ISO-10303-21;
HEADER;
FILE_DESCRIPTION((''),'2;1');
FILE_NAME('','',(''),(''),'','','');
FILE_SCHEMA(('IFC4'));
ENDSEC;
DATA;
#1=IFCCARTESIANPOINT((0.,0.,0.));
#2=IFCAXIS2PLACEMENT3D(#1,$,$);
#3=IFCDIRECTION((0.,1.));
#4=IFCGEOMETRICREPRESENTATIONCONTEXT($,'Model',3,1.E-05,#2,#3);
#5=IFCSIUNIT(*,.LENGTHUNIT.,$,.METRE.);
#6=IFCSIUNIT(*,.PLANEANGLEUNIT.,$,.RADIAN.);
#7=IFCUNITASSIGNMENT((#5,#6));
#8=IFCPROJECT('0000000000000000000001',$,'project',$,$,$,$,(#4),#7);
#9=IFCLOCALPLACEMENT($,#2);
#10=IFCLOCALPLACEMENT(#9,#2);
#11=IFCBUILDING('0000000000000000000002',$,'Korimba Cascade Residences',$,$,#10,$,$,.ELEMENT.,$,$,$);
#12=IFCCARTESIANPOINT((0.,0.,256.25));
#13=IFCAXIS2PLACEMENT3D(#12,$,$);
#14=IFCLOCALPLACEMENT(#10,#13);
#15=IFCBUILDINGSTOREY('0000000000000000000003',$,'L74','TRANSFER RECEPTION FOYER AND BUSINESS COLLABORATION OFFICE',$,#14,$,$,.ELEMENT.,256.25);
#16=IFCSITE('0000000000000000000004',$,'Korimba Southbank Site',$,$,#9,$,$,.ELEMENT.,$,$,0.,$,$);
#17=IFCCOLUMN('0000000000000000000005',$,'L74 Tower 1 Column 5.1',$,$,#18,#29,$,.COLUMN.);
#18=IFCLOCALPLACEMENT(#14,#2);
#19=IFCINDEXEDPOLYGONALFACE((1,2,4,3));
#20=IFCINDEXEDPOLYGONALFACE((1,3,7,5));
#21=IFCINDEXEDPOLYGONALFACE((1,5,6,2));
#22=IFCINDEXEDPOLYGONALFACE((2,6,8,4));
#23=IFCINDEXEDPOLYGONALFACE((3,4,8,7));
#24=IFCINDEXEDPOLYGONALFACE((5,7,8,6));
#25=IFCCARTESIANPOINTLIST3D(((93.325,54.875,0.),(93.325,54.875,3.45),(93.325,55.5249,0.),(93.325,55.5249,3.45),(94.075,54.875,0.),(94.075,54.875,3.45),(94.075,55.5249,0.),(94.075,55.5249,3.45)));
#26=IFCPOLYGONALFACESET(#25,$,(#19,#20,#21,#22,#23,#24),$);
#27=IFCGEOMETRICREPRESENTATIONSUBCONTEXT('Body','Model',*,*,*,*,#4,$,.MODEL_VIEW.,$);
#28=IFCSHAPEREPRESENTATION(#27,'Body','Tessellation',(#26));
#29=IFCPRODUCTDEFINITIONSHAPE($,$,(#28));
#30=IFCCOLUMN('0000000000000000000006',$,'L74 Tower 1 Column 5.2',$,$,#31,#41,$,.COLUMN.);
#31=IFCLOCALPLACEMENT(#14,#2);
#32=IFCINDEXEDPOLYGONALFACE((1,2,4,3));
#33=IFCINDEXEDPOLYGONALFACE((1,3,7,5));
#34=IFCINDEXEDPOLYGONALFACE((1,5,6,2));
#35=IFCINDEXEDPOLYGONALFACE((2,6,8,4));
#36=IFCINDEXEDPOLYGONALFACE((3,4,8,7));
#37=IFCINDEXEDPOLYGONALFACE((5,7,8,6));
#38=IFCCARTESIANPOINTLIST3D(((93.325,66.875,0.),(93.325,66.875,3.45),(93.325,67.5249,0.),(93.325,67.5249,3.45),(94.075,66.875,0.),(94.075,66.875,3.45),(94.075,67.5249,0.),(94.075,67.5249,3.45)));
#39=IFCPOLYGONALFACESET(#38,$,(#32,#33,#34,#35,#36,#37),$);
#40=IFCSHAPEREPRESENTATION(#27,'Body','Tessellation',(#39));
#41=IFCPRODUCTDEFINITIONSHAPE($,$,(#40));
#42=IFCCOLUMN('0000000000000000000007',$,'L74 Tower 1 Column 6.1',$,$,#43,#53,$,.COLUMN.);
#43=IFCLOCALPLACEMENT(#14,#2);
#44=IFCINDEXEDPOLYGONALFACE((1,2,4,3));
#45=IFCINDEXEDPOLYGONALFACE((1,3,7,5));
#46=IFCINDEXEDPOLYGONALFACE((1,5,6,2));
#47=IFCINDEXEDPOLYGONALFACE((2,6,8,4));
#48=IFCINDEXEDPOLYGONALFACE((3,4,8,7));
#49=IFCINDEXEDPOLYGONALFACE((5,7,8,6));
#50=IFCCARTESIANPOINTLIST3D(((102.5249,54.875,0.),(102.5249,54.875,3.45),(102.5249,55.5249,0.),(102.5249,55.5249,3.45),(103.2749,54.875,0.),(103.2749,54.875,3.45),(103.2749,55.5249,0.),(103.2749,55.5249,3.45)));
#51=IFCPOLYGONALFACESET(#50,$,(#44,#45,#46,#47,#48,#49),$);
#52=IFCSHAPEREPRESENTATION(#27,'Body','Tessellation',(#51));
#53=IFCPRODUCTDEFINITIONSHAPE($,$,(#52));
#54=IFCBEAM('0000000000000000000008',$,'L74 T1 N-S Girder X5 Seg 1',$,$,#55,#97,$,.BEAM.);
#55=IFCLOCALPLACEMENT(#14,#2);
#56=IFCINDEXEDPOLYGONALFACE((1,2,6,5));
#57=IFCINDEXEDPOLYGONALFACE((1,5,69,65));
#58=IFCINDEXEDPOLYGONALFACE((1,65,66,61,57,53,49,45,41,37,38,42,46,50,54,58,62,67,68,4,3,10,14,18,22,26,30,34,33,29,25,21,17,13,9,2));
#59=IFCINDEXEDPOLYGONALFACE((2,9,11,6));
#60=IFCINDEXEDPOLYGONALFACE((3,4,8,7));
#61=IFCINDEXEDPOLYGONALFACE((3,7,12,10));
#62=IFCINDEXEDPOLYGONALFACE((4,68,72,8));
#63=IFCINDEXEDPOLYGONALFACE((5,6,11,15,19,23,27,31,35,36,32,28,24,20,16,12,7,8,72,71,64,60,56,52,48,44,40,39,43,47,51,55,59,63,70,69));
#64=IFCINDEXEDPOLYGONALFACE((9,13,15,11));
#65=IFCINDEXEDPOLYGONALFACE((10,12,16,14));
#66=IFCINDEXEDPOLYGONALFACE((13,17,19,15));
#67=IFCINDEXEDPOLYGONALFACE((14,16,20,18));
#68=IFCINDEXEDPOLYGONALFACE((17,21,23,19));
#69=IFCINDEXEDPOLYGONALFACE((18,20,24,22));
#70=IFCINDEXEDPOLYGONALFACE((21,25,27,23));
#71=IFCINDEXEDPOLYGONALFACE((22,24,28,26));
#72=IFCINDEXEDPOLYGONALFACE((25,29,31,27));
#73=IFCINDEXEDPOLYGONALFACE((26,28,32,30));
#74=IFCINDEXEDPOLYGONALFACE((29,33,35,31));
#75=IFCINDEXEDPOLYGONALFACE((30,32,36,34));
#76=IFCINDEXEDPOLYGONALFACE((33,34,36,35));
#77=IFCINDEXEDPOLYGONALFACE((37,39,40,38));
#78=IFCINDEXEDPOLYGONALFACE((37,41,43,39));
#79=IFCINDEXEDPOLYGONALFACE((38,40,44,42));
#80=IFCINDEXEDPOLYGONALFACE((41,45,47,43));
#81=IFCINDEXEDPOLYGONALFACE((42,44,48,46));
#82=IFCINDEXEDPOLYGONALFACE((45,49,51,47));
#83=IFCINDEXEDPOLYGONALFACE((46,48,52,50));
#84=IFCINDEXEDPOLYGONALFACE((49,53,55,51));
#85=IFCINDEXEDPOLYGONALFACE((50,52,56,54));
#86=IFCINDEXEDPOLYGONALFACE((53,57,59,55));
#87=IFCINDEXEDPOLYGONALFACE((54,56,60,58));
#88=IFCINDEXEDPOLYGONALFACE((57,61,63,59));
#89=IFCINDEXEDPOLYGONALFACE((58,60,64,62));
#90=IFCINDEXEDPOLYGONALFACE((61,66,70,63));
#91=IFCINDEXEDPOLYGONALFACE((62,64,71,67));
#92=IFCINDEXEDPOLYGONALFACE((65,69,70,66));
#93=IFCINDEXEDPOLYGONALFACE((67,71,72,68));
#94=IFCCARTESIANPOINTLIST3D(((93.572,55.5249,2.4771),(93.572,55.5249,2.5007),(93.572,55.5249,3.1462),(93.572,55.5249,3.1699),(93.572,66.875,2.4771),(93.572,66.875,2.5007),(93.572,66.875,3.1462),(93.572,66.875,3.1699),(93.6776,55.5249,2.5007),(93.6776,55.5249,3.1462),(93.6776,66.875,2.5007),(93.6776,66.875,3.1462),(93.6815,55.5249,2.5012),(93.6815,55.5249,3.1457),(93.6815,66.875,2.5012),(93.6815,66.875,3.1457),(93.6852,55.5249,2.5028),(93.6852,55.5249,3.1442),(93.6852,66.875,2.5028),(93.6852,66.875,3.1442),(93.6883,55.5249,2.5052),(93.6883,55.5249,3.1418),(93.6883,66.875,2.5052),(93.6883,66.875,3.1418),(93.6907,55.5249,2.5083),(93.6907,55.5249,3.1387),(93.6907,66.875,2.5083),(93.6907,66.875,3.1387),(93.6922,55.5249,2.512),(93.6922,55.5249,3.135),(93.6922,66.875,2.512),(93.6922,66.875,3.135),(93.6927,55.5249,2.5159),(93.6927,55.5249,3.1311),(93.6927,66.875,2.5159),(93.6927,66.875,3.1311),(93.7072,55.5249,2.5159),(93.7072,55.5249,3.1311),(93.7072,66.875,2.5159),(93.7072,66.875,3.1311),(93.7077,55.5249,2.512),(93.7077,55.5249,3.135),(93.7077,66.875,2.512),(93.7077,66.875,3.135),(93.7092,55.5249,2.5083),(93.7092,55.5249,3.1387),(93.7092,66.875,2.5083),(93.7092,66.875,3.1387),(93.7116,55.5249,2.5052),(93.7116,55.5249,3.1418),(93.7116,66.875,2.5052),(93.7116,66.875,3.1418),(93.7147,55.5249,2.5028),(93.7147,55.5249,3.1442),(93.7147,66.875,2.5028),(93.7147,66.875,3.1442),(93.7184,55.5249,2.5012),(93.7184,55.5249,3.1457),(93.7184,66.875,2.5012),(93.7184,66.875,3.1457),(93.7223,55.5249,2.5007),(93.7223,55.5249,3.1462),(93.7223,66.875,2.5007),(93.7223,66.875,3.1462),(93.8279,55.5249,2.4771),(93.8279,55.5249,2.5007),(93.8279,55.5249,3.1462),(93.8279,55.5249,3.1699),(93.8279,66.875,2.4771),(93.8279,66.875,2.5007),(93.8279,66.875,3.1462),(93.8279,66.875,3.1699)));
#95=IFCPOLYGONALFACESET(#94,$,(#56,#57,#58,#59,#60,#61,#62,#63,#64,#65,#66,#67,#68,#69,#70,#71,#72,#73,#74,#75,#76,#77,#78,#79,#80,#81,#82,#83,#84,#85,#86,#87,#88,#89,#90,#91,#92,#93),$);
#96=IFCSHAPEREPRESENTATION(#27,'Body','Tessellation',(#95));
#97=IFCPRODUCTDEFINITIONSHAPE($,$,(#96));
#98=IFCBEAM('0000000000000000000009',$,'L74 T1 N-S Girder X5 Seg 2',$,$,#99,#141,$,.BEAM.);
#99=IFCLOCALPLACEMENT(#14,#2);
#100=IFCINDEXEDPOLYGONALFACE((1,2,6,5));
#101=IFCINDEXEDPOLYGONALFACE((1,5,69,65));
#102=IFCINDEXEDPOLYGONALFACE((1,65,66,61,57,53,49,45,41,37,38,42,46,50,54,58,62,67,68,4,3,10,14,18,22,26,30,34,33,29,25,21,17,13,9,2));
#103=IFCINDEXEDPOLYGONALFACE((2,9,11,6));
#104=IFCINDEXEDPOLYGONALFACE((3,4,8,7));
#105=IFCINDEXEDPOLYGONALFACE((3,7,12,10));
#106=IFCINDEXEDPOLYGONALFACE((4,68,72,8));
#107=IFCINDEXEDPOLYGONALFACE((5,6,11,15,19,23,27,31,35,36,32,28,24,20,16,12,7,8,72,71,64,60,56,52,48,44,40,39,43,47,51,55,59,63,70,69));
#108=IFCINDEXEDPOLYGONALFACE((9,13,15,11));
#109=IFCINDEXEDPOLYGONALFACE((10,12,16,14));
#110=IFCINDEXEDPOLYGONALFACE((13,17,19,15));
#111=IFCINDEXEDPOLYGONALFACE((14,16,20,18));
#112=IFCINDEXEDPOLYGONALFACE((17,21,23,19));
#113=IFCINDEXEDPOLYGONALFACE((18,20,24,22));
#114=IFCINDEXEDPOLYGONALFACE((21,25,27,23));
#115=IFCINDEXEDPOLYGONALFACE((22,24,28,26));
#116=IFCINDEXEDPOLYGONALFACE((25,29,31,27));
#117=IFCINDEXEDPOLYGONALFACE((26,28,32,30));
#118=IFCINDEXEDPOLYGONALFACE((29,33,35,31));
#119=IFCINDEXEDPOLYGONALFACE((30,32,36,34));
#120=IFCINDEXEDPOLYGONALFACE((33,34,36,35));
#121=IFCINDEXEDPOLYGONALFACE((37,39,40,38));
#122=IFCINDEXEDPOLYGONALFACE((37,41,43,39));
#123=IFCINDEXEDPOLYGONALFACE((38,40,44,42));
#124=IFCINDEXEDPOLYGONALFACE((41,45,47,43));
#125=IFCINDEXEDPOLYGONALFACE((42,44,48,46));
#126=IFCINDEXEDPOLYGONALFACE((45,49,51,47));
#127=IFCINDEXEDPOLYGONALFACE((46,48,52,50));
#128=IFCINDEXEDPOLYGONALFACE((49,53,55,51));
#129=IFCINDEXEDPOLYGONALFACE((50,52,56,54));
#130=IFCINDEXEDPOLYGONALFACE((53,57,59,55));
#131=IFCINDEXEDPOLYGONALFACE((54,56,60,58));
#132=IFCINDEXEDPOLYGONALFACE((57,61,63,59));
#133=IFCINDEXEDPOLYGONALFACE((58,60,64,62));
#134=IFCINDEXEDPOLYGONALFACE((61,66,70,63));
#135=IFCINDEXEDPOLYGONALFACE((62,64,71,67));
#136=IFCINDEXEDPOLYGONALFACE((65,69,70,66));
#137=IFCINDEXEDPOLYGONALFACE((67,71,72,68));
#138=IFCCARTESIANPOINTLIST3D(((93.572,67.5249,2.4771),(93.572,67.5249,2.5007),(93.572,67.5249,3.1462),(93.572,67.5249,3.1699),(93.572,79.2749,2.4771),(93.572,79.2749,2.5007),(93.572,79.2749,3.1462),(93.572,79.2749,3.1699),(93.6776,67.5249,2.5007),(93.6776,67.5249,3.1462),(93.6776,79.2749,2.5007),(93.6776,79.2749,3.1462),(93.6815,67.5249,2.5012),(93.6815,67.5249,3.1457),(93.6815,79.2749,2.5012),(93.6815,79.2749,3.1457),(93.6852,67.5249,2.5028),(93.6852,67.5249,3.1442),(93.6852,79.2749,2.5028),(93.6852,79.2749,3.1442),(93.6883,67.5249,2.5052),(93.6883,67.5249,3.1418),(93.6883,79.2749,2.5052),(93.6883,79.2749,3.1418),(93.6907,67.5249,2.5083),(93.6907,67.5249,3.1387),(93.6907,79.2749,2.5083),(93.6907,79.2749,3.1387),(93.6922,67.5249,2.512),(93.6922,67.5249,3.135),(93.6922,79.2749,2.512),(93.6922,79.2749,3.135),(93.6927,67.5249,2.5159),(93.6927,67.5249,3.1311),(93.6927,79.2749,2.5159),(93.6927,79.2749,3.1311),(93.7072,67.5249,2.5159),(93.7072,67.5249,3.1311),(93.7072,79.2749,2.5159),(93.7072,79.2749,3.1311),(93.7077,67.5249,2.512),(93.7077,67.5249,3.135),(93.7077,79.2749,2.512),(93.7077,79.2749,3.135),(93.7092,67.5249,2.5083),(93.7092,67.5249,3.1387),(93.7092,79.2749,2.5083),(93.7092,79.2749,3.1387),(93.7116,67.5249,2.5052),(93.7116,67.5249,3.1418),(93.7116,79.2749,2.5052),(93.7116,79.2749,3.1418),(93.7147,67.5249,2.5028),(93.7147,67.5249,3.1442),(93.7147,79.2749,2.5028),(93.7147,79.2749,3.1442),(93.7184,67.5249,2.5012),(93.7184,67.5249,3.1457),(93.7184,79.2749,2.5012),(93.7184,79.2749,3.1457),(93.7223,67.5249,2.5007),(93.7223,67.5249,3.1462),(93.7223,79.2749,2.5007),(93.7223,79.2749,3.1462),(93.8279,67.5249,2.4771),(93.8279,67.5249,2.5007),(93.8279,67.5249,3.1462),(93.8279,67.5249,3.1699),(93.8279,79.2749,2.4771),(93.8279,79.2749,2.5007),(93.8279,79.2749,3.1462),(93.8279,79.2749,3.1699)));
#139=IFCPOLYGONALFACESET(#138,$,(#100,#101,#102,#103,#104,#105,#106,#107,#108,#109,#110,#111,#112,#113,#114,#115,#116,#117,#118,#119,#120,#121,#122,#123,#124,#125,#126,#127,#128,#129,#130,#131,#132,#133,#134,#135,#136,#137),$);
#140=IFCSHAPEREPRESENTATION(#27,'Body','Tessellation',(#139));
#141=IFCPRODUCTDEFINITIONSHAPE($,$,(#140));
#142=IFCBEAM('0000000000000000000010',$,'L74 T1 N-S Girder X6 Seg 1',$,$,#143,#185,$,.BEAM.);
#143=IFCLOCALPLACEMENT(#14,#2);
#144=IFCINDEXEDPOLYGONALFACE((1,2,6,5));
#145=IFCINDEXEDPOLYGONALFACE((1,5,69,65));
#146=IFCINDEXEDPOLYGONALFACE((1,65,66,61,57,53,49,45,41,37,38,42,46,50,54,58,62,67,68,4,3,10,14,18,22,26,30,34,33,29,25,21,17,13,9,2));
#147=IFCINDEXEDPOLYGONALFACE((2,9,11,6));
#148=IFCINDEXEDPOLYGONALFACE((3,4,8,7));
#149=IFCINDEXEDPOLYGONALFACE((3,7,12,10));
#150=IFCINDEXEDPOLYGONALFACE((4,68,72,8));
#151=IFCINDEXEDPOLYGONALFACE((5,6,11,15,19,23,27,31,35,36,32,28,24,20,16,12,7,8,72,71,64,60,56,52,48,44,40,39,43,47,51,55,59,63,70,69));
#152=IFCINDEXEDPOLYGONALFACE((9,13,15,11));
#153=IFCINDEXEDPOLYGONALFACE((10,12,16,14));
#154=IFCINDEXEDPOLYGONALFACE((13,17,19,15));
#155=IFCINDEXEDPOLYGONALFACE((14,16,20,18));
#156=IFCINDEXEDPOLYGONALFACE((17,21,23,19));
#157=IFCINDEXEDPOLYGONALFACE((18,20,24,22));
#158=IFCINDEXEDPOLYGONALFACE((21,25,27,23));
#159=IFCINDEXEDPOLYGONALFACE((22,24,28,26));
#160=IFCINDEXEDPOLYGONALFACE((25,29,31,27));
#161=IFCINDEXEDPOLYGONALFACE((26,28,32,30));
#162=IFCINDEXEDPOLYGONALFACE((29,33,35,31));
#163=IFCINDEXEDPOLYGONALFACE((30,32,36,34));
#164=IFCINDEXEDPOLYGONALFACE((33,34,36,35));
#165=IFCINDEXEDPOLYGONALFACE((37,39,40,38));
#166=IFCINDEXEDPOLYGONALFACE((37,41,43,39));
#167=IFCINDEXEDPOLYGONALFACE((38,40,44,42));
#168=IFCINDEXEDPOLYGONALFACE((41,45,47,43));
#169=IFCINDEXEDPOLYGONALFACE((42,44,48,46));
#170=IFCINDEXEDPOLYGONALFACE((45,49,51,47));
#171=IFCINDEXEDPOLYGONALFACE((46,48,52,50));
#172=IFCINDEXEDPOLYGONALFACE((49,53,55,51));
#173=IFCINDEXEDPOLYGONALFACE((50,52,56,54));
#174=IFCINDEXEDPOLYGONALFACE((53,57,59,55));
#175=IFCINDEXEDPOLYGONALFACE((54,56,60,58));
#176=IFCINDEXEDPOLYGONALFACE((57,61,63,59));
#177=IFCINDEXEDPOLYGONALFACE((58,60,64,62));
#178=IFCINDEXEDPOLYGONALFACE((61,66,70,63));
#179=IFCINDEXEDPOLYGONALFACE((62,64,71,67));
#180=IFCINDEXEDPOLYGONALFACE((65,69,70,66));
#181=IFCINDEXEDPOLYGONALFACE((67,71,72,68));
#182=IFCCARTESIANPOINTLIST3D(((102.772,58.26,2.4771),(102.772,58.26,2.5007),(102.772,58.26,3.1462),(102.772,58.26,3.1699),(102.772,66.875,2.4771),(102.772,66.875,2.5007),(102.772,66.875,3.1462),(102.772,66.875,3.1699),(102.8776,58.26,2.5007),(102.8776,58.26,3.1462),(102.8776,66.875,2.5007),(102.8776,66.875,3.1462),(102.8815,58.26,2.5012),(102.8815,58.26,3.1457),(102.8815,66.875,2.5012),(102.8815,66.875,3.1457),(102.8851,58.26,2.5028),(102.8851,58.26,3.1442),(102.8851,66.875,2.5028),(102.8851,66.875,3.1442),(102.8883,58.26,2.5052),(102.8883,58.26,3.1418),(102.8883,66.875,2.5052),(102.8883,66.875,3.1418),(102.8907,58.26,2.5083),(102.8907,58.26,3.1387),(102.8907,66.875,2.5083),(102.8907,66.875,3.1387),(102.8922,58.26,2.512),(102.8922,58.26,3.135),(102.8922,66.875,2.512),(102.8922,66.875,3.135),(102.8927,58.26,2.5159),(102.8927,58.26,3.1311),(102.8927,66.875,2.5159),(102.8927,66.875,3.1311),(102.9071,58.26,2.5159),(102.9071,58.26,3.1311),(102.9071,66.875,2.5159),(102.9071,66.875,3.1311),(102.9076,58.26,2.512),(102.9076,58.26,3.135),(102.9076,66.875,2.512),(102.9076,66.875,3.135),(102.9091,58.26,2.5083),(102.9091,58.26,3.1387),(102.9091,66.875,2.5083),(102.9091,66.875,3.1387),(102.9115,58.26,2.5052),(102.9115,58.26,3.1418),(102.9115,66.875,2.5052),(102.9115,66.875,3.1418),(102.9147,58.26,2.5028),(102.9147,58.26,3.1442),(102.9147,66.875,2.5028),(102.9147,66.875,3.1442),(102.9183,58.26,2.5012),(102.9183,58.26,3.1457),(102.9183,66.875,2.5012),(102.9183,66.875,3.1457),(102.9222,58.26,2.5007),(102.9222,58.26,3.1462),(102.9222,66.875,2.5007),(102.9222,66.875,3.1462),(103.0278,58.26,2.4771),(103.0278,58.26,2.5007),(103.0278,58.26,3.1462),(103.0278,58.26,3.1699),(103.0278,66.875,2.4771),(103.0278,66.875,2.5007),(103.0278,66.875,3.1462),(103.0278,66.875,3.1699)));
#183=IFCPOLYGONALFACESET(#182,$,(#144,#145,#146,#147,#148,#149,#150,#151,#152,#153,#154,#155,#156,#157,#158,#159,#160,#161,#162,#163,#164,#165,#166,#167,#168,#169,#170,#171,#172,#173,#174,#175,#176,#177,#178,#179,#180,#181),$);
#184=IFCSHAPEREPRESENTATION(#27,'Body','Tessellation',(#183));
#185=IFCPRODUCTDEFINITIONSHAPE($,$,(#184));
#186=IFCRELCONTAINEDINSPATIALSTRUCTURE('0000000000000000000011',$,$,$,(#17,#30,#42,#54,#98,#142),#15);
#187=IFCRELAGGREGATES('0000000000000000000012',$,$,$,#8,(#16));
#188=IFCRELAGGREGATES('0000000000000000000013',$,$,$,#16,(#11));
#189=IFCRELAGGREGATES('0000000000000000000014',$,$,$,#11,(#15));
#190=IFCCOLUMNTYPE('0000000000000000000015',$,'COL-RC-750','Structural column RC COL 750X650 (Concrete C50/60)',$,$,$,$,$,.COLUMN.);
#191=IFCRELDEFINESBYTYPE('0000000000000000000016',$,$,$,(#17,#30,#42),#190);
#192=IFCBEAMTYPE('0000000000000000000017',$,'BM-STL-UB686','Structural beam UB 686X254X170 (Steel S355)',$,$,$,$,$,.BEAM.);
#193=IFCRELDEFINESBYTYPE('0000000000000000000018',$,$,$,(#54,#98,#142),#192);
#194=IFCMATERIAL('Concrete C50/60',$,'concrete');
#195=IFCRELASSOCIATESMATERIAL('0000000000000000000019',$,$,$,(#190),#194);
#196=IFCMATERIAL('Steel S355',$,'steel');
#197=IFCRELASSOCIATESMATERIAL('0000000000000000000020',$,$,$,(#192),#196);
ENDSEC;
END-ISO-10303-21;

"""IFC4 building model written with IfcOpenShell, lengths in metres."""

from ifc_helpers import new_model, si_unit, direction, frame, origin, origin_2d, place, context, subcontext, project, spatial, rectangle, i_section, extrude, material, material_profile, profile_set, type_object, element, save


model = new_model("IFC4")

# Units and contexts
model_context = context("Model", 3, precision=1e-05, world=origin(), true_north=direction((0.0, 1.0)))
body_context = subcontext(model_context, "Body", "Model", "MODEL_VIEW")
ifc_project = project(units=[si_unit("LENGTHUNIT", "METRE"), si_unit("PLANEANGLEUNIT", "RADIAN")], contexts=[model_context])

# Site, building, storey
site_placement = place(None, origin())
site = spatial("IfcSite", under=ifc_project, at=site_placement, Name="Korimba Southbank Site", CompositionType="ELEMENT", RefElevation=0.0)
building_placement = place(site_placement, origin())
building = spatial("IfcBuilding", under=site, at=building_placement, Name="Korimba Cascade Residences", CompositionType="ELEMENT")
storey_placement = place(building_placement, frame((0.0, 0.0, 256.25)))
storey = spatial("IfcBuildingStorey", under=building, at=storey_placement, Name="L74", Description="TRANSFER RECEPTION FOYER AND BUSINESS COLLABORATION OFFICE", CompositionType="ELEMENT", Elevation=256.25)

# Columns
ifc_material_1 = material(Name="Concrete C50/60", Category="concrete")
ifc_material_profile_1 = material_profile(ifc_material_1, rectangle(XDim=0.75, YDim=0.6499, at=origin_2d()), Name="Concrete C50/60")
ifc_profile_set_1 = profile_set([ifc_material_profile_1], Name="Concrete C50/60")
column_type = type_object("IfcColumnType", Name="COL-RC-750", Description="Structural column RC COL 750X650 (Concrete C50/60)", PredefinedType="COLUMN", material=ifc_profile_set_1)
for number, where, z_axis, x_axis, name in (
    (1, (93.7, 55.2, 0.0), (0.0, 0.0, 1.0), (1.0, 0.0, 0.0), "L74 Tower 1 Column 5.1"),
    (2, (93.7, 67.2, 0.0), (0.0, 0.0, 1.0), (1.0, 0.0, 0.0), "L74 Tower 1 Column 5.2"),
    (3, (102.8999, 55.2, 0.0), (0.0, 0.0, 1.0), (1.0, 0.0, 0.0), "L74 Tower 1 Column 6.1"),
):
    element("IfcColumn", number, at=place(storey_placement, frame(where, z_axis=z_axis, x_axis=x_axis)), inside=storey, type_object=column_type, Name=name, PredefinedType="COLUMN", context=body_context, shape_type="SweptSolid", body=[
        extrude(rectangle(XDim=0.75, YDim=0.6499, at=origin_2d()), origin(), (0.0, 0.0, 1.0), 3.45),
    ])

# Beams
ifc_material_2 = material(Name="Steel S355", Category="steel")
ifc_material_profile_2 = material_profile(ifc_material_2, i_section(OverallWidth=0.2559, OverallDepth=0.6929, WebThickness=0.0144, FlangeThickness=0.0237, FilletRadius=0.0151, at=origin_2d()), Name="Steel S355")
ifc_profile_set_2 = profile_set([ifc_material_profile_2], Name="Steel S355")
beam_type = type_object("IfcBeamType", Name="BM-STL-UB686", Description="Structural beam UB 686X254X170 (Steel S355)", PredefinedType="BEAM", material=ifc_profile_set_2)
beam_1_placement = place(storey_placement, frame((93.7, 55.5249, 2.8235), z_axis=(0.0, 1.0, 0.0), x_axis=(-1.0, 0.0, 0.0)))
element("IfcBeam", 4, at=beam_1_placement, inside=storey, type_object=beam_type, Name="L74 T1 N-S Girder X5 Seg 1", PredefinedType="BEAM", context=body_context, shape_type="SweptSolid", body=[
    extrude(i_section(OverallWidth=0.2559, OverallDepth=0.6929, WebThickness=0.0144, FlangeThickness=0.0237, FilletRadius=0.0151, at=origin_2d()), origin(), (0.0, 0.0, 1.0), 11.3501),
])
beam_2_placement = place(storey_placement, frame((93.7, 67.5249, 2.8235), z_axis=(0.0, 1.0, 0.0), x_axis=(-1.0, 0.0, 0.0)))
element("IfcBeam", 5, at=beam_2_placement, inside=storey, type_object=beam_type, Name="L74 T1 N-S Girder X5 Seg 2", PredefinedType="BEAM", context=body_context, shape_type="SweptSolid", body=[
    extrude(i_section(OverallWidth=0.2559, OverallDepth=0.6929, WebThickness=0.0144, FlangeThickness=0.0237, FilletRadius=0.0151, at=origin_2d()), origin(), (0.0, 0.0, 1.0), 11.75),
])
beam_3_placement = place(storey_placement, frame((102.8999, 58.26, 2.8235), z_axis=(0.0, 1.0, 0.0), x_axis=(-1.0, 0.0, 0.0)))
element("IfcBeam", 6, at=beam_3_placement, inside=storey, type_object=beam_type, Name="L74 T1 N-S Girder X6 Seg 1", PredefinedType="BEAM", context=body_context, shape_type="SweptSolid", body=[
    extrude(i_section(OverallWidth=0.2559, OverallDepth=0.6929, WebThickness=0.0144, FlangeThickness=0.0237, FilletRadius=0.0151, at=origin_2d()), origin(), (0.0, 0.0, 1.0), 8.615),
])

save(model, "model.ifc")
